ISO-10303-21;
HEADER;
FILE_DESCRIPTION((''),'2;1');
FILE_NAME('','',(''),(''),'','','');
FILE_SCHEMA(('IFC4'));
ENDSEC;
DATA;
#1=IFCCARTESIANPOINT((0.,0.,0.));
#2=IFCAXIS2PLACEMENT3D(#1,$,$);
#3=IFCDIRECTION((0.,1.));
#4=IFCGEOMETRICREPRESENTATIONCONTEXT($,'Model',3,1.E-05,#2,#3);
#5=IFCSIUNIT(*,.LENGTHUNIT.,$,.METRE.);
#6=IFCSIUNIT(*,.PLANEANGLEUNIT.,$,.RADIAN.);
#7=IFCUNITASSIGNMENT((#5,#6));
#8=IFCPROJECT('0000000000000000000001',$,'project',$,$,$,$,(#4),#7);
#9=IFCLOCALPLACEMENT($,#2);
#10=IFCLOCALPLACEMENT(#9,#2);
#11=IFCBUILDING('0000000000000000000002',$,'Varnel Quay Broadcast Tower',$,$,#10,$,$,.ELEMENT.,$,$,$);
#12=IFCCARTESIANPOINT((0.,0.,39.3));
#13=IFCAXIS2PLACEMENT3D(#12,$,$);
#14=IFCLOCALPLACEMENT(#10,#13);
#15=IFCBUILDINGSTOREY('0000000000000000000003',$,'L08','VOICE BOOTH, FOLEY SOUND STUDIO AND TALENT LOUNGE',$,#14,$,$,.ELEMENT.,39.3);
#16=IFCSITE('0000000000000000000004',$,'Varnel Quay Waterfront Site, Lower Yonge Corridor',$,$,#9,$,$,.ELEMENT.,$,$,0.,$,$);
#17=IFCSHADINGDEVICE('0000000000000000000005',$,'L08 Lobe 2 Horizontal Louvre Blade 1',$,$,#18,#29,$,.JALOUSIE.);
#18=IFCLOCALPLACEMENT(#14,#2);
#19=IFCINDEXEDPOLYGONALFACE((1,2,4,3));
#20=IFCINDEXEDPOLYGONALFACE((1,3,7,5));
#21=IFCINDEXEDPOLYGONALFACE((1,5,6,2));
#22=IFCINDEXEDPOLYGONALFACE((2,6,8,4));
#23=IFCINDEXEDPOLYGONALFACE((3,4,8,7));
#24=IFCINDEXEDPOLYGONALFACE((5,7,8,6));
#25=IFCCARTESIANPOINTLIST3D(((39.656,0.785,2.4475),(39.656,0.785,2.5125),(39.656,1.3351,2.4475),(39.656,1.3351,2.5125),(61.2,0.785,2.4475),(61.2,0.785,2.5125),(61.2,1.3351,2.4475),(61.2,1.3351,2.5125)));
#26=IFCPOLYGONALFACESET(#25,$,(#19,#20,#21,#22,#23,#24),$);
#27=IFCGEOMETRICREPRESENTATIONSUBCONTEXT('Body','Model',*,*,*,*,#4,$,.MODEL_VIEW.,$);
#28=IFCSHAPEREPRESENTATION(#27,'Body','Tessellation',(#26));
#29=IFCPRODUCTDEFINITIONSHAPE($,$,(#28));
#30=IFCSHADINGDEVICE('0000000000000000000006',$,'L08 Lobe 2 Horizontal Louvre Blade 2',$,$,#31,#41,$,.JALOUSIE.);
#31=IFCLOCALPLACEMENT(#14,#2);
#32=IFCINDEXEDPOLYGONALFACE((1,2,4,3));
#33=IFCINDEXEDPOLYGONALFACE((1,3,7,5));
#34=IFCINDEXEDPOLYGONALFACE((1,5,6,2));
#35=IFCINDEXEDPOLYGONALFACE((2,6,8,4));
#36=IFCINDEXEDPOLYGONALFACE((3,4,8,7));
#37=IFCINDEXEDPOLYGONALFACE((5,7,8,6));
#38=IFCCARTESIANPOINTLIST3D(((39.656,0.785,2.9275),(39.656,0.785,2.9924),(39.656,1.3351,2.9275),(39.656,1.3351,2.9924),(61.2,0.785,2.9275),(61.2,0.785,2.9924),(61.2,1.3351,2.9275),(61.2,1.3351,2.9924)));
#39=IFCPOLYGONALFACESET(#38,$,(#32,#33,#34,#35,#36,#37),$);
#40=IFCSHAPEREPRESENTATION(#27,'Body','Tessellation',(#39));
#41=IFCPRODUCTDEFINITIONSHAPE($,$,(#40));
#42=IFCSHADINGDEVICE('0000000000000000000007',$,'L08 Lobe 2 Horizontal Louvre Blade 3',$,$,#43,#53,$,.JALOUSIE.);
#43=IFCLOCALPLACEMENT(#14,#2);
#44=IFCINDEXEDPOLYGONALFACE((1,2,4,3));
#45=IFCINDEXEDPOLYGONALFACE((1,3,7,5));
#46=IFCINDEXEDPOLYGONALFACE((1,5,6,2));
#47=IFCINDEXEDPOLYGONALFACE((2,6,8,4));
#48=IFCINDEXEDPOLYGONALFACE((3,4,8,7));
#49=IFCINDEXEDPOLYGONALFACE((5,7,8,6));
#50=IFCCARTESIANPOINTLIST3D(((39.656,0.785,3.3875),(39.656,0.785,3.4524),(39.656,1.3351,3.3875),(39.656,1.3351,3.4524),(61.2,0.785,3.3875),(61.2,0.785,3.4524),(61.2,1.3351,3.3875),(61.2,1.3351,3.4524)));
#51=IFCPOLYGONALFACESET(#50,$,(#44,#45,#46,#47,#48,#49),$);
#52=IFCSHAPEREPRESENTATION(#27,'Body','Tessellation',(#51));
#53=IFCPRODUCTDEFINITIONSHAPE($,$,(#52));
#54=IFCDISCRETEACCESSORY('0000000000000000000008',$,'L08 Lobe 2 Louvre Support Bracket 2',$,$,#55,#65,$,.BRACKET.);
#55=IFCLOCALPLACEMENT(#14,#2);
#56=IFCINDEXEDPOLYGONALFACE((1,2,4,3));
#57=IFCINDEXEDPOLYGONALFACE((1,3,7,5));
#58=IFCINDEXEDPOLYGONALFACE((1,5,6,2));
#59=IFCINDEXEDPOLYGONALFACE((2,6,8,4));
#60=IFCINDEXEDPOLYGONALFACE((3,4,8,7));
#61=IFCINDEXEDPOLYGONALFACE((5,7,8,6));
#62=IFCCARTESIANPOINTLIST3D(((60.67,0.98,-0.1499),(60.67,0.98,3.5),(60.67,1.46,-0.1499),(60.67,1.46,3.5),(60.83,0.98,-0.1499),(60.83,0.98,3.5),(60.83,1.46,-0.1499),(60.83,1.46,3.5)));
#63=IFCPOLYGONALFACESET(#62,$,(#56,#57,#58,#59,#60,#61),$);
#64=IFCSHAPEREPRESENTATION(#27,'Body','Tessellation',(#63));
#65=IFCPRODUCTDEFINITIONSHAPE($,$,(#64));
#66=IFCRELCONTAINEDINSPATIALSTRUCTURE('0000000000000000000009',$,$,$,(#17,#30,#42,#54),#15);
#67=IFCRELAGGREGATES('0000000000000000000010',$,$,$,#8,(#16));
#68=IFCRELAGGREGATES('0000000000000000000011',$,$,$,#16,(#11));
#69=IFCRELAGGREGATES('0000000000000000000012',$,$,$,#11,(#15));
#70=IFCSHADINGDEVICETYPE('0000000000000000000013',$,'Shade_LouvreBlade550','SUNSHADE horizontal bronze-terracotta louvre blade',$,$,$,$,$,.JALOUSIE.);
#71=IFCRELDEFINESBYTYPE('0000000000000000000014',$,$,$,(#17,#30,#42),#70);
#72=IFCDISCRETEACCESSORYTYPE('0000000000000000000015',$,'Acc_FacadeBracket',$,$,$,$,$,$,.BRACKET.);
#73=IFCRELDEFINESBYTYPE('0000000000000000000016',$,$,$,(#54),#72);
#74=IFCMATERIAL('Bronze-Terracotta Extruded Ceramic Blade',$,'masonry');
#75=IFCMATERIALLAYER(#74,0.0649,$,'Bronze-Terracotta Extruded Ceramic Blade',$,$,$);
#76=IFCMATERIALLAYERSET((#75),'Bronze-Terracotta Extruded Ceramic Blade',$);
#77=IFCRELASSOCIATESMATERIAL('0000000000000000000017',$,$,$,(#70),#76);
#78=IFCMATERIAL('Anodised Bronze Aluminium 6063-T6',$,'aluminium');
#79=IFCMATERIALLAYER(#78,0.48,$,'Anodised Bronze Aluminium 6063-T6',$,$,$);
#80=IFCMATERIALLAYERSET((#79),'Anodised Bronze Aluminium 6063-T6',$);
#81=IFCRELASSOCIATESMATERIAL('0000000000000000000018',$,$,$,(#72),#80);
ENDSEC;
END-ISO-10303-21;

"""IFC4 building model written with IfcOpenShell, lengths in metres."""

from ifc_helpers import new_model, si_unit, direction, frame, origin, origin_2d, place, context, subcontext, project, spatial, rectangle, extrude, source, transform, mapped, material, layer, layer_set, type_object, type_shapes, element, save


model = new_model("IFC4")

# Units and contexts
model_context = context("Model", 3, precision=1e-05, world=origin(), true_north=direction((0.0, 1.0)))
body_context = subcontext(model_context, "Body", "Model", "MODEL_VIEW")
ifc_project = project(units=[si_unit("LENGTHUNIT", "METRE"), si_unit("PLANEANGLEUNIT", "RADIAN")], contexts=[model_context])

# Site, building, storey
site_placement = place(None, origin())
site = spatial("IfcSite", under=ifc_project, at=site_placement, Name="Varnel Quay Waterfront Site, Lower Yonge Corridor", CompositionType="ELEMENT", RefElevation=0.0)
building_placement = place(site_placement, origin())
building = spatial("IfcBuilding", under=site, at=building_placement, Name="Varnel Quay Broadcast Tower", CompositionType="ELEMENT")
storey_placement = place(building_placement, frame((0.0, 0.0, 39.3)))
storey = spatial("IfcBuildingStorey", under=building, at=storey_placement, Name="L08", Description="VOICE BOOTH, FOLEY SOUND STUDIO AND TALENT LOUNGE", CompositionType="ELEMENT", Elevation=39.3)

# Shared definitions
ifc_material_1 = material(Name="Anodised Bronze Aluminium 6063-T6", Category="aluminium")

# Shading devices
ifc_material_2 = material(Name="Bronze-Terracotta Extruded Ceramic Blade", Category="masonry")
ifc_layer_1 = layer(ifc_material_2, 0.0649, Name="Bronze-Terracotta Extruded Ceramic Blade")
ifc_layer_set_1 = layer_set([ifc_layer_1], Name="Bronze-Terracotta Extruded Ceramic Blade")
shading_device_type = type_object("IfcShadingDeviceType", Name="Shade_LouvreBlade550", Description="SUNSHADE horizontal bronze-terracotta louvre blade", PredefinedType="JALOUSIE", material=ifc_layer_set_1)
shared_shape_1 = source(origin(), body_context, "Body", "SweptSolid", [
    extrude(rectangle(XDim=21.5439, YDim=0.55, at=origin_2d()), origin(), (0.0, 0.0, 1.0), 0.0649),
])
type_shapes(shading_device_type, [shared_shape_1])
for number, where, z_axis, x_axis, name in (
    (1, (50.428, 1.0601, 2.4475), (0.0, 0.0, 1.0), (1.0, 0.0, 0.0), "L08 Lobe 2 Horizontal Louvre Blade 1"),
    (2, (50.428, 1.0601, 2.9275), (0.0, 0.0, 1.0), (1.0, 0.0, 0.0), "L08 Lobe 2 Horizontal Louvre Blade 2"),
    (3, (50.428, 1.0601, 3.3875), (0.0, 0.0, 1.0), (1.0, 0.0, 0.0), "L08 Lobe 2 Horizontal Louvre Blade 3"),
):
    element("IfcShadingDevice", number, at=place(storey_placement, frame(where, z_axis=z_axis, x_axis=x_axis)), inside=storey, type_object=shading_device_type, Name=name, PredefinedType="JALOUSIE", context=body_context, shape_type="MappedRepresentation", body=[
        mapped(shared_shape_1, transform((0.0, 0.0, 0.0), x_axis=(1.0, 0.0, 0.0), y_axis=(0.0, 1.0, 0.0), z_axis=(0.0, 0.0, 1.0), scale=1.0)),
    ])

# Discrete accessory
ifc_layer_2 = layer(ifc_material_1, 0.48, Name="Anodised Bronze Aluminium 6063-T6")
ifc_layer_set_2 = layer_set([ifc_layer_2], Name="Anodised Bronze Aluminium 6063-T6")
discrete_accessory_type = type_object("IfcDiscreteAccessoryType", Name="Acc_FacadeBracket", PredefinedType="BRACKET", material=ifc_layer_set_2)
shared_shape_2 = source(origin(), body_context, "Body", "SweptSolid", [
    extrude(rectangle(XDim=0.1599, YDim=0.48, at=origin_2d()), origin(), (0.0, 0.0, 1.0), 3.6499),
])
type_shapes(discrete_accessory_type, [shared_shape_2])
discrete_accessory_placement = place(storey_placement, frame((60.75, 1.22, -0.1499), z_axis=(0.0, 0.0, 1.0), x_axis=(1.0, 0.0, 0.0)))
element("IfcDiscreteAccessory", 4, at=discrete_accessory_placement, inside=storey, type_object=discrete_accessory_type, Name="L08 Lobe 2 Louvre Support Bracket 2", PredefinedType="BRACKET", context=body_context, shape_type="MappedRepresentation", body=[
    mapped(shared_shape_2, transform((0.0, 0.0, 0.0), x_axis=(1.0, 0.0, 0.0), y_axis=(0.0, 1.0, 0.0), z_axis=(0.0, 0.0, 1.0), scale=1.0)),
])

save(model, "model.ifc")
